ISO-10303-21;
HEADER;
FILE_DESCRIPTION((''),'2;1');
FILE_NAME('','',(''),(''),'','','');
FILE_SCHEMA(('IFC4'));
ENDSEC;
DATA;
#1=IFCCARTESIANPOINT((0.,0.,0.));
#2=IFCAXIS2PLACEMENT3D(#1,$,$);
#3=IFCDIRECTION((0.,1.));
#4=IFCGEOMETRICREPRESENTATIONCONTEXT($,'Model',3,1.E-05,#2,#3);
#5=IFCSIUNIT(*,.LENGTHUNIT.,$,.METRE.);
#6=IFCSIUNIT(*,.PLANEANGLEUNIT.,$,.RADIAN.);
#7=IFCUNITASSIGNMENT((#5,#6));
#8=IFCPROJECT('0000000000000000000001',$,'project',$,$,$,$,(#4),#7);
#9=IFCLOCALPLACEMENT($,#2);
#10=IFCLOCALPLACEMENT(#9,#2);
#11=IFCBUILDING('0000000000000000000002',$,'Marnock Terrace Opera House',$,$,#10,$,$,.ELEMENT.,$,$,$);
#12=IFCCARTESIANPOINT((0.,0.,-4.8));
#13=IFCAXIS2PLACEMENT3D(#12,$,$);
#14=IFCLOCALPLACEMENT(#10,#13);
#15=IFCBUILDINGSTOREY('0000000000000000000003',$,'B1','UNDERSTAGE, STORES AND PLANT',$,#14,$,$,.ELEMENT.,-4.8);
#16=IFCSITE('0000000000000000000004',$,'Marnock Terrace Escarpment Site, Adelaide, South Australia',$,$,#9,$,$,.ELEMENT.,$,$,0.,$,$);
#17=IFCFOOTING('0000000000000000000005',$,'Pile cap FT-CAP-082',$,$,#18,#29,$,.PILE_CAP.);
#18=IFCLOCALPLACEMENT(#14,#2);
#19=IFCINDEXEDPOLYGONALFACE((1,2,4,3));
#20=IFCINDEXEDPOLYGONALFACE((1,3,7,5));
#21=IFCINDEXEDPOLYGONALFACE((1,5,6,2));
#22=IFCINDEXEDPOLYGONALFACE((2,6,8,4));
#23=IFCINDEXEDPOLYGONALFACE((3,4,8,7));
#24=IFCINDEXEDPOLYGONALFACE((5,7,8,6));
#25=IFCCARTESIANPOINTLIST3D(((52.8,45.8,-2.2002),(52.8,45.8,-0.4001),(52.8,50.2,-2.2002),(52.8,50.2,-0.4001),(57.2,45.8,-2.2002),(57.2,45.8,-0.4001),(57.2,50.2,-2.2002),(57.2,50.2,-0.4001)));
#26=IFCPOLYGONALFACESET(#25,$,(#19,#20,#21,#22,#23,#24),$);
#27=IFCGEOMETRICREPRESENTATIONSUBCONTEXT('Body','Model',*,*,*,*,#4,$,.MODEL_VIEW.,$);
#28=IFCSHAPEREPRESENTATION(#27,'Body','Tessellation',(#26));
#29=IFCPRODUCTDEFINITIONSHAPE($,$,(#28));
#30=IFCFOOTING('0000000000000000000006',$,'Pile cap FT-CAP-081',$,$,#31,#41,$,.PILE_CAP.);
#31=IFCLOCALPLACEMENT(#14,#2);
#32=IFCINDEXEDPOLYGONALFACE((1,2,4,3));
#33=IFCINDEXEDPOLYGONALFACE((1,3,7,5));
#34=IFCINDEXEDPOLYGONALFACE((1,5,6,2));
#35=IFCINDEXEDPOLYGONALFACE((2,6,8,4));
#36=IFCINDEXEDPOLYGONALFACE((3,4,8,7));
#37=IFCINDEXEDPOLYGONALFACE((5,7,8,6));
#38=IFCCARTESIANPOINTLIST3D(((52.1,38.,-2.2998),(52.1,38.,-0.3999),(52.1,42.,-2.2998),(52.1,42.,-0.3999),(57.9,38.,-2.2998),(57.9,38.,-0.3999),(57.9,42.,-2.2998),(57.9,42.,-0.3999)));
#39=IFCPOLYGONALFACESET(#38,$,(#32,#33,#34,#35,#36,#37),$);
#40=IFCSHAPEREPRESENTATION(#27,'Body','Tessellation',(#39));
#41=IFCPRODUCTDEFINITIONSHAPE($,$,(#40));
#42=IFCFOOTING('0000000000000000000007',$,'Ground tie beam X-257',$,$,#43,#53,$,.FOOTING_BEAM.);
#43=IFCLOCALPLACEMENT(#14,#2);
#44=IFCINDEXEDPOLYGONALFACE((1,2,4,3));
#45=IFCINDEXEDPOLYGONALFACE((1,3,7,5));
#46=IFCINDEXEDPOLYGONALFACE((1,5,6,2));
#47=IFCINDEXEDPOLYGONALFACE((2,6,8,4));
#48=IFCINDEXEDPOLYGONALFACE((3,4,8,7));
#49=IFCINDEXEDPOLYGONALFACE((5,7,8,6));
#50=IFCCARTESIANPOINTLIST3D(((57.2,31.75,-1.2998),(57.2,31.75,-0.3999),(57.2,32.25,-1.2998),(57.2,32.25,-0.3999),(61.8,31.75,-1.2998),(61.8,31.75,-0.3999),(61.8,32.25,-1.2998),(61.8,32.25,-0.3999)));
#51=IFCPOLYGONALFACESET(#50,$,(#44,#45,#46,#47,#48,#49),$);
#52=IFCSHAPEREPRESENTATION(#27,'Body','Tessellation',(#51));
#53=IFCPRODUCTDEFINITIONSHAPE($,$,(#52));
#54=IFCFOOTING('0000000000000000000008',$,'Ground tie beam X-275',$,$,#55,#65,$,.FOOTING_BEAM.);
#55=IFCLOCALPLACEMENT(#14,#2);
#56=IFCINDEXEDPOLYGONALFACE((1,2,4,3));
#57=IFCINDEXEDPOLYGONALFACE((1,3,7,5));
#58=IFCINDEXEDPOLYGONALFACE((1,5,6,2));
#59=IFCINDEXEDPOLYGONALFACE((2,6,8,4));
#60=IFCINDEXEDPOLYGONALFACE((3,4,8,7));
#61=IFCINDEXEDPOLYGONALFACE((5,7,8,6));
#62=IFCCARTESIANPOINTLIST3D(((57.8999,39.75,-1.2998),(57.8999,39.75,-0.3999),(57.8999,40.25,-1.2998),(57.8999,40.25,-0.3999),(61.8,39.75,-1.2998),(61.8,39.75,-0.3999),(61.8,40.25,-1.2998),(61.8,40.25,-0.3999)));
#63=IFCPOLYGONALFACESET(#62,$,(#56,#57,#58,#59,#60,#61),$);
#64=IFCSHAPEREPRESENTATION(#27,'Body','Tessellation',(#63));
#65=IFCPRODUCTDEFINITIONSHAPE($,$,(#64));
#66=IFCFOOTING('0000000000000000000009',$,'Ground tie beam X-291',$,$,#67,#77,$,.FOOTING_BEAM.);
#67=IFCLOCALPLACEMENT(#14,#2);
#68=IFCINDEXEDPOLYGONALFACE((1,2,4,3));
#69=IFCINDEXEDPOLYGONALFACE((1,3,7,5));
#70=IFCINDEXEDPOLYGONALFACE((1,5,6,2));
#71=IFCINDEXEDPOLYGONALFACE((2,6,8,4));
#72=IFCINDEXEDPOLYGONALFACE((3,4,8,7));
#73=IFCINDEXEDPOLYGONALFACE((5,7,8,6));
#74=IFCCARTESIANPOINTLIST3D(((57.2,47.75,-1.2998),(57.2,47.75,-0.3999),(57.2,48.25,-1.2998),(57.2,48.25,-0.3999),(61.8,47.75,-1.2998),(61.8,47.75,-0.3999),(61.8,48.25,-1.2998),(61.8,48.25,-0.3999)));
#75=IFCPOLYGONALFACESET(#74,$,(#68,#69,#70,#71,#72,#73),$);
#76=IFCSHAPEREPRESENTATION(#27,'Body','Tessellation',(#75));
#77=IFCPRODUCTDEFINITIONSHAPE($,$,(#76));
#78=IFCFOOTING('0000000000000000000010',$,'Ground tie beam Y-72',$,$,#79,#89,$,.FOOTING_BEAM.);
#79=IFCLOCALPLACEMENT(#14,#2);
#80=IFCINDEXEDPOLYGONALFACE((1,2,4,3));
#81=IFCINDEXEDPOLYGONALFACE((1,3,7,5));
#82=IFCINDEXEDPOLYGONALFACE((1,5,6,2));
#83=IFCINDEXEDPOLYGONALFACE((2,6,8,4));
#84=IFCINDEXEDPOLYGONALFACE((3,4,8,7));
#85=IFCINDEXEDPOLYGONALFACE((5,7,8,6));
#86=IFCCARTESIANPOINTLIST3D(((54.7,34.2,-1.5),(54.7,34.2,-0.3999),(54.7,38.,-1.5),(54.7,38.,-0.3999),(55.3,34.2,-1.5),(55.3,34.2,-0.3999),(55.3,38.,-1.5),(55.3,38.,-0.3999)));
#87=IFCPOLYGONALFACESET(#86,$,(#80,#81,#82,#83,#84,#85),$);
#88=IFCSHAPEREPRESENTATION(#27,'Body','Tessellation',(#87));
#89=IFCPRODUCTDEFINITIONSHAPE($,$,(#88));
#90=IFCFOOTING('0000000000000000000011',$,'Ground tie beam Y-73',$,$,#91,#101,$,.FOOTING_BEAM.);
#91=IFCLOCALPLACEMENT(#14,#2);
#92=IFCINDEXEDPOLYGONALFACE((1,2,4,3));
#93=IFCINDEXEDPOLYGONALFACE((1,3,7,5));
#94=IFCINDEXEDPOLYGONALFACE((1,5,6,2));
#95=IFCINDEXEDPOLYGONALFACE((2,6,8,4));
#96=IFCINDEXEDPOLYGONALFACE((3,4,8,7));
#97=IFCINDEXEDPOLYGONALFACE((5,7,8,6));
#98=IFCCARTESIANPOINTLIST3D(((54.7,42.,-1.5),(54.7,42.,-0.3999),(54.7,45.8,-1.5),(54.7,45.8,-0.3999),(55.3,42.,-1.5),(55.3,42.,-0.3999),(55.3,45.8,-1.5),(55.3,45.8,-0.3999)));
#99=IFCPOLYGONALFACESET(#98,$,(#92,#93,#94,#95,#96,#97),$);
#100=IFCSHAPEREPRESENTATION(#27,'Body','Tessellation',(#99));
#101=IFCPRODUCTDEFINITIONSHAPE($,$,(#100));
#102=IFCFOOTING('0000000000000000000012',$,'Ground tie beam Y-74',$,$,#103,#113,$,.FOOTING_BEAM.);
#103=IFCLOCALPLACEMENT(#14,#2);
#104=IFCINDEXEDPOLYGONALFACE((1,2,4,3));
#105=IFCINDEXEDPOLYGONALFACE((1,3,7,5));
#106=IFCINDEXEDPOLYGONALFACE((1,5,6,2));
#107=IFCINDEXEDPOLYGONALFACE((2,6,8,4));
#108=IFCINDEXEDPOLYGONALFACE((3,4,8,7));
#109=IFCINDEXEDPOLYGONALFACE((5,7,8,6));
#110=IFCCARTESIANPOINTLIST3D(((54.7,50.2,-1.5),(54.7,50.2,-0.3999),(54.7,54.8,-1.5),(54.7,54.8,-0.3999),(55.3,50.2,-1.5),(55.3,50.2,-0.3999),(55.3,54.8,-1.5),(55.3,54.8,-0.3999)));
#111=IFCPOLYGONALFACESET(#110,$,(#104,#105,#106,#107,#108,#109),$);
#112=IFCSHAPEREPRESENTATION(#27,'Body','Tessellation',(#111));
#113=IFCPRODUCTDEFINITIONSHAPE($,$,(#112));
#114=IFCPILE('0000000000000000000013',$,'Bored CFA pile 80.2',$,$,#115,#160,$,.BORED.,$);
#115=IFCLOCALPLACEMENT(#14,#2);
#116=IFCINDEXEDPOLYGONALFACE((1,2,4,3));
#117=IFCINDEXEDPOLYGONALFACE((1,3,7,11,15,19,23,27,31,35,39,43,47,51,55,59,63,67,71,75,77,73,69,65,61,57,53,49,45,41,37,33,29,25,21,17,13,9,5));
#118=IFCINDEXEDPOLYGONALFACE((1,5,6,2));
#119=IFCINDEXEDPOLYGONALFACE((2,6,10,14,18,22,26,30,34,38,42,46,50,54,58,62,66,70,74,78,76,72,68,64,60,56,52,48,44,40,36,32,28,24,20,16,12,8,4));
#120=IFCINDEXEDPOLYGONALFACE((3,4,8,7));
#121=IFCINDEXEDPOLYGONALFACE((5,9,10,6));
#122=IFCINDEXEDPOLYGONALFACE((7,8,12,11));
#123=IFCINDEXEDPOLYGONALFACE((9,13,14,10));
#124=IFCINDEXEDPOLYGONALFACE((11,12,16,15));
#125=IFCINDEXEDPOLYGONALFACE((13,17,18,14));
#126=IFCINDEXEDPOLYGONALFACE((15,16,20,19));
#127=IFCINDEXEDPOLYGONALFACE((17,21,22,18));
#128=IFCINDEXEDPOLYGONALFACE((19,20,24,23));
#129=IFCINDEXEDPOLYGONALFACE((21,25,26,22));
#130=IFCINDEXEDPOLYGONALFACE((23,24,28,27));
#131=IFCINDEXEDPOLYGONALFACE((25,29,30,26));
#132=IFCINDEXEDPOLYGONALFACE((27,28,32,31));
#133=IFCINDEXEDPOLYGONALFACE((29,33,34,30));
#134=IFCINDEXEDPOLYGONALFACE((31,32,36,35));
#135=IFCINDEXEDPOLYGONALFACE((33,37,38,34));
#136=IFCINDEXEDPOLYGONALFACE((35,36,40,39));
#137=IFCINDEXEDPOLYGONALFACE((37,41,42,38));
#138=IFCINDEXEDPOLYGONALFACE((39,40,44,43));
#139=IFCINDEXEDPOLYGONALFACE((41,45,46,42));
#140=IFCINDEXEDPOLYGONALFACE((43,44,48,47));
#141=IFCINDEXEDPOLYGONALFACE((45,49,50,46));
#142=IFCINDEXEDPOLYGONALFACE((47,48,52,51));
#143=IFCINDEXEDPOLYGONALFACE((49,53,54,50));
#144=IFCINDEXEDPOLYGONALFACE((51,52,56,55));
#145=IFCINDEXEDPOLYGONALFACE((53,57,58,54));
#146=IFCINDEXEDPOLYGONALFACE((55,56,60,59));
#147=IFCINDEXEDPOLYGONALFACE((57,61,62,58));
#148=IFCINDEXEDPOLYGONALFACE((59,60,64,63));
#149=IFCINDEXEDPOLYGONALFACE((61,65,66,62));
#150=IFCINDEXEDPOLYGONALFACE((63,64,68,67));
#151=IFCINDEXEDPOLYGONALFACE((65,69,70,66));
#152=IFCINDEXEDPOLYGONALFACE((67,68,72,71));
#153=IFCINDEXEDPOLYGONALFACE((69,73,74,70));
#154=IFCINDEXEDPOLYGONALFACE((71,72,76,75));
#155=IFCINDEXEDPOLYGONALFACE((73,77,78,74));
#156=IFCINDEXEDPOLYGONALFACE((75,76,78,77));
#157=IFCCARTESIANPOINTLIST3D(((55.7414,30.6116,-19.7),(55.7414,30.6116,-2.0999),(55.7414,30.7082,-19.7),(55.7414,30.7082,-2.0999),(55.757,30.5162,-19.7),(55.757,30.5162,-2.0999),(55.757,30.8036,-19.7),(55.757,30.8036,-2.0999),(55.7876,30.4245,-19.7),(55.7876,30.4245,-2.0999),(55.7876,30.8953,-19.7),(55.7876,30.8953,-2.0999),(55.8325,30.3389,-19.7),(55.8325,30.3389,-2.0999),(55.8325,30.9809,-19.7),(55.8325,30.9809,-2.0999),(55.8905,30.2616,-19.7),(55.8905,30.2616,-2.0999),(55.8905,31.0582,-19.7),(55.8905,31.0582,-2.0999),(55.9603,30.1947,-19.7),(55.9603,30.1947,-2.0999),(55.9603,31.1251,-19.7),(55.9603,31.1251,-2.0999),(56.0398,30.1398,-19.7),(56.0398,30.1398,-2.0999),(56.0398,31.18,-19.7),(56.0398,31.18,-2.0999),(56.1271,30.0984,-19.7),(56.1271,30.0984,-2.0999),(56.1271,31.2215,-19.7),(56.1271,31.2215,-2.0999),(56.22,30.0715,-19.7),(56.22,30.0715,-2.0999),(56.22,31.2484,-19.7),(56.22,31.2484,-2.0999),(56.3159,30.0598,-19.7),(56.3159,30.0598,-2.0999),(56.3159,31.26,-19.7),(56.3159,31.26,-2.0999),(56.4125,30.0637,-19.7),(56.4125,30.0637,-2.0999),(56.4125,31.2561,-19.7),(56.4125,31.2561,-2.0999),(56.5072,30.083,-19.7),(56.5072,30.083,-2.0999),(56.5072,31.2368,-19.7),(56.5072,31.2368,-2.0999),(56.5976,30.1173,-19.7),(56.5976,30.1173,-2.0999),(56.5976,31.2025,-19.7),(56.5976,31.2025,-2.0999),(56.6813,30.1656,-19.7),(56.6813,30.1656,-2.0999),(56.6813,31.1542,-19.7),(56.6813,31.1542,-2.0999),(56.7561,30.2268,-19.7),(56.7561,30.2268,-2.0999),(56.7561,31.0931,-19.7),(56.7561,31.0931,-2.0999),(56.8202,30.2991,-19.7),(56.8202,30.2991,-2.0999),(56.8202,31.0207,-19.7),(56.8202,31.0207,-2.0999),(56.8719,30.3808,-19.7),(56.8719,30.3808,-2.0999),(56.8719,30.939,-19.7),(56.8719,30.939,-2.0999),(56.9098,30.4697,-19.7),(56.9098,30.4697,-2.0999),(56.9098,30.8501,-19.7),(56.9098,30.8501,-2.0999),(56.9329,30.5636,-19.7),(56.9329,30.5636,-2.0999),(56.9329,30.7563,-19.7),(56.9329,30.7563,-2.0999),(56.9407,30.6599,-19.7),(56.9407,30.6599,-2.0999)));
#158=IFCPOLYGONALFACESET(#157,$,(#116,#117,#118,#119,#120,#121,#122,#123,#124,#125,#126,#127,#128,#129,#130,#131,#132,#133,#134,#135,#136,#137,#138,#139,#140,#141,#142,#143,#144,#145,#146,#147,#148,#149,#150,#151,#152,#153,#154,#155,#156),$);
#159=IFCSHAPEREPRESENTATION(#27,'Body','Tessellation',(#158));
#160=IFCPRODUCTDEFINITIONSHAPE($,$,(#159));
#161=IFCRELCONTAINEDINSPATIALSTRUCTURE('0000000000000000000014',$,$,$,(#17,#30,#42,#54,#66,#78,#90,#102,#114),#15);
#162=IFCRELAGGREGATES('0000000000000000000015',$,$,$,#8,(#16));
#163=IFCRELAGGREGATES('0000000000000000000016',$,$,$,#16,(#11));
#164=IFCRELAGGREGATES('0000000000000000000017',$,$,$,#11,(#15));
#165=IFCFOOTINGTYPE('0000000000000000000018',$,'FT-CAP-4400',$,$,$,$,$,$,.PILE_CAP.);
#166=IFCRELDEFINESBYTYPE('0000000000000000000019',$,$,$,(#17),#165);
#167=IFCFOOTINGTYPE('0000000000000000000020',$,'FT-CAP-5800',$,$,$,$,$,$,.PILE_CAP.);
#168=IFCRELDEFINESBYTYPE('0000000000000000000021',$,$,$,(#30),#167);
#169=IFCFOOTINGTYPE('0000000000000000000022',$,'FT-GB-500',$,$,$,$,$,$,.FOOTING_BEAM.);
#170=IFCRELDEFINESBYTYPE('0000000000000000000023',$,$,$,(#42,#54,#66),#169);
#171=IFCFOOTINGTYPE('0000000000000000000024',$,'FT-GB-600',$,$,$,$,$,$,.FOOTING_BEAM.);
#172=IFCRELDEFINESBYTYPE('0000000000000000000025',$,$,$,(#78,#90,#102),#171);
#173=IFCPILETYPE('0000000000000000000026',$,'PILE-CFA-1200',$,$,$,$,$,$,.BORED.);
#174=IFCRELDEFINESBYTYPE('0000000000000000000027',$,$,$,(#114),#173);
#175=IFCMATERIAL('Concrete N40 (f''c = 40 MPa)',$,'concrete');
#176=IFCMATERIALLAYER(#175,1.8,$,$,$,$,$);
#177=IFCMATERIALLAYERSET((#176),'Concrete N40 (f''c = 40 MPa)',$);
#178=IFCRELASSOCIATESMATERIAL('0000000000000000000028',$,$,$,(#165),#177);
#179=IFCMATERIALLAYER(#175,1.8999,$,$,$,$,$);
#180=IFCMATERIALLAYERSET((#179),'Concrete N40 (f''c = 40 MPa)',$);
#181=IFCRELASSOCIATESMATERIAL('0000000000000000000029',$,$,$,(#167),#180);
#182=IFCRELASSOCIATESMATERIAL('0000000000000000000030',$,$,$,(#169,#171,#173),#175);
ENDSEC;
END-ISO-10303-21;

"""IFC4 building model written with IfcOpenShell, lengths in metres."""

from ifc_helpers import new_model, si_unit, direction, frame, origin, origin_2d, place, context, subcontext, project, spatial, rectangle, circle, extrude, material, layer, layer_set, material_profile, profile_set, type_object, element, save


model = new_model("IFC4")

# Units and contexts
model_context = context("Model", 3, precision=1e-05, world=origin(), true_north=direction((0.0, 1.0)))
body_context = subcontext(model_context, "Body", "Model", "MODEL_VIEW")
ifc_project = project(units=[si_unit("LENGTHUNIT", "METRE"), si_unit("PLANEANGLEUNIT", "RADIAN")], contexts=[model_context])

# Site, building, storey
site_placement = place(None, origin())
site = spatial("IfcSite", under=ifc_project, at=site_placement, Name="Marnock Terrace Escarpment Site, Adelaide, South Australia", CompositionType="ELEMENT", RefElevation=0.0)
building_placement = place(site_placement, origin())
building = spatial("IfcBuilding", under=site, at=building_placement, Name="Marnock Terrace Opera House", CompositionType="ELEMENT")
storey_placement = place(building_placement, frame((0.0, 0.0, -4.8)))
storey = spatial("IfcBuildingStorey", under=building, at=storey_placement, Name="B1", Description="UNDERSTAGE, STORES AND PLANT", CompositionType="ELEMENT", Elevation=-4.8)

# Footings
ifc_material_1 = material(Name="Concrete N40 (f'c = 40 MPa)", Category="concrete")
ifc_layer_1 = layer(ifc_material_1, 1.8)
ifc_layer_set_1 = layer_set([ifc_layer_1], Name="Concrete N40 (f'c = 40 MPa)")
footing_type_1 = type_object("IfcFootingType", Name="FT-CAP-4400", PredefinedType="PILE_CAP", material=ifc_layer_set_1)
footing_1_placement = place(storey_placement, frame((55.0, 48.0, -2.2002), z_axis=(0.0, 0.0, 1.0), x_axis=(1.0, 0.0, 0.0)))
element("IfcFooting", 1, at=footing_1_placement, inside=storey, type_object=footing_type_1, Name="Pile cap FT-CAP-082", PredefinedType="PILE_CAP", context=body_context, shape_type="SweptSolid", body=[
    extrude(rectangle(XDim=4.3999, YDim=4.3999, at=origin_2d()), origin(), (0.0, 0.0, 1.0), 1.8),
])
ifc_layer_2 = layer(ifc_material_1, 1.8999)
ifc_layer_set_2 = layer_set([ifc_layer_2], Name="Concrete N40 (f'c = 40 MPa)")
footing_type_2 = type_object("IfcFootingType", Name="FT-CAP-5800", PredefinedType="PILE_CAP", material=ifc_layer_set_2)
footing_2_placement = place(storey_placement, frame((55.0, 40.0, -2.2998), z_axis=(0.0, 0.0, 1.0), x_axis=(1.0, 0.0, 0.0)))
element("IfcFooting", 2, at=footing_2_placement, inside=storey, type_object=footing_type_2, Name="Pile cap FT-CAP-081", PredefinedType="PILE_CAP", context=body_context, shape_type="SweptSolid", body=[
    extrude(rectangle(XDim=5.8, YDim=4.0, at=origin_2d()), origin(), (0.0, 0.0, 1.0), 1.8999),
])
ifc_material_profile_1 = material_profile(ifc_material_1, rectangle(XDim=0.5, YDim=0.8999, at=origin_2d()))
ifc_profile_set_1 = profile_set([ifc_material_profile_1], Name="Concrete N40 (f'c = 40 MPa)")
footing_type_3 = type_object("IfcFootingType", Name="FT-GB-500", PredefinedType="FOOTING_BEAM", material=ifc_profile_set_1)
footing_3_placement = place(storey_placement, frame((57.2, 32.0, -0.8499), z_axis=(1.0, 0.0, 0.0), x_axis=(0.0, 1.0, 0.0)))
element("IfcFooting", 3, at=footing_3_placement, inside=storey, type_object=footing_type_3, Name="Ground tie beam X-257", PredefinedType="FOOTING_BEAM", context=body_context, shape_type="SweptSolid", body=[
    extrude(rectangle(XDim=0.5, YDim=0.8999, at=origin_2d()), origin(), (0.0, 0.0, 1.0), 4.6001),
])
footing_4_placement = place(storey_placement, frame((57.8999, 40.0, -0.8499), z_axis=(1.0, 0.0, 0.0), x_axis=(0.0, 1.0, 0.0)))
element("IfcFooting", 4, at=footing_4_placement, inside=storey, type_object=footing_type_3, Name="Ground tie beam X-275", PredefinedType="FOOTING_BEAM", context=body_context, shape_type="SweptSolid", body=[
    extrude(rectangle(XDim=0.5, YDim=0.8999, at=origin_2d()), origin(), (0.0, 0.0, 1.0), 3.9001),
])
footing_5_placement = place(storey_placement, frame((57.2, 48.0, -0.8499), z_axis=(1.0, 0.0, 0.0), x_axis=(0.0, 1.0, 0.0)))
element("IfcFooting", 5, at=footing_5_placement, inside=storey, type_object=footing_type_3, Name="Ground tie beam X-291", PredefinedType="FOOTING_BEAM", context=body_context, shape_type="SweptSolid", body=[
    extrude(rectangle(XDim=0.5, YDim=0.8999, at=origin_2d()), origin(), (0.0, 0.0, 1.0), 4.6001),
])
ifc_material_profile_2 = material_profile(ifc_material_1, rectangle(XDim=0.6001, YDim=1.1001, at=origin_2d()))
ifc_profile_set_2 = profile_set([ifc_material_profile_2], Name="Concrete N40 (f'c = 40 MPa)")
footing_type_4 = type_object("IfcFootingType", Name="FT-GB-600", PredefinedType="FOOTING_BEAM", material=ifc_profile_set_2)
for number, where, z_axis, x_axis, name in (
    (6, (55.0, 34.2, -0.95), (0.0, 1.0, 0.0), (-1.0, 0.0, 0.0), "Ground tie beam Y-72"),
    (7, (55.0, 42.0, -0.95), (0.0, 1.0, 0.0), (-1.0, 0.0, 0.0), "Ground tie beam Y-73"),
):
    element("IfcFooting", number, at=place(storey_placement, frame(where, z_axis=z_axis, x_axis=x_axis)), inside=storey, type_object=footing_type_4, Name=name, PredefinedType="FOOTING_BEAM", context=body_context, shape_type="SweptSolid", body=[
        extrude(rectangle(XDim=0.6001, YDim=1.1001, at=origin_2d()), origin(), (0.0, 0.0, 1.0), 3.8),
    ])
footing_6_placement = place(storey_placement, frame((55.0, 50.2, -0.95), z_axis=(0.0, 1.0, 0.0), x_axis=(-1.0, 0.0, 0.0)))
element("IfcFooting", 8, at=footing_6_placement, inside=storey, type_object=footing_type_4, Name="Ground tie beam Y-74", PredefinedType="FOOTING_BEAM", context=body_context, shape_type="SweptSolid", body=[
    extrude(rectangle(XDim=0.6001, YDim=1.1001, at=origin_2d()), origin(), (0.0, 0.0, 1.0), 4.6001),
])

# Pile
ifc_material_profile_3 = material_profile(ifc_material_1, circle(Radius=0.6006, at=origin_2d()))
ifc_profile_set_3 = profile_set([ifc_material_profile_3], Name="Concrete N40 (f'c = 40 MPa)")
pile_type = type_object("IfcPileType", Name="PILE-CFA-1200", PredefinedType="BORED", material=ifc_profile_set_3)
for number, where, z_axis, x_axis, name in (
    (9, (56.3401, 30.6599, -2.0999), (0.0, 0.0, -1.0), (1.0, 0.0, 0.0), "Bored CFA pile 80.2"),
):
    element("IfcPile", number, at=place(storey_placement, frame(where, z_axis=z_axis, x_axis=x_axis)), inside=storey, type_object=pile_type, Name=name, PredefinedType="BORED", context=body_context, shape_type="SweptSolid", body=[
        extrude(circle(Radius=0.6006, at=origin_2d()), origin(), (0.0, 0.0, 1.0), 17.6001),
    ])

save(model, "model.ifc")
